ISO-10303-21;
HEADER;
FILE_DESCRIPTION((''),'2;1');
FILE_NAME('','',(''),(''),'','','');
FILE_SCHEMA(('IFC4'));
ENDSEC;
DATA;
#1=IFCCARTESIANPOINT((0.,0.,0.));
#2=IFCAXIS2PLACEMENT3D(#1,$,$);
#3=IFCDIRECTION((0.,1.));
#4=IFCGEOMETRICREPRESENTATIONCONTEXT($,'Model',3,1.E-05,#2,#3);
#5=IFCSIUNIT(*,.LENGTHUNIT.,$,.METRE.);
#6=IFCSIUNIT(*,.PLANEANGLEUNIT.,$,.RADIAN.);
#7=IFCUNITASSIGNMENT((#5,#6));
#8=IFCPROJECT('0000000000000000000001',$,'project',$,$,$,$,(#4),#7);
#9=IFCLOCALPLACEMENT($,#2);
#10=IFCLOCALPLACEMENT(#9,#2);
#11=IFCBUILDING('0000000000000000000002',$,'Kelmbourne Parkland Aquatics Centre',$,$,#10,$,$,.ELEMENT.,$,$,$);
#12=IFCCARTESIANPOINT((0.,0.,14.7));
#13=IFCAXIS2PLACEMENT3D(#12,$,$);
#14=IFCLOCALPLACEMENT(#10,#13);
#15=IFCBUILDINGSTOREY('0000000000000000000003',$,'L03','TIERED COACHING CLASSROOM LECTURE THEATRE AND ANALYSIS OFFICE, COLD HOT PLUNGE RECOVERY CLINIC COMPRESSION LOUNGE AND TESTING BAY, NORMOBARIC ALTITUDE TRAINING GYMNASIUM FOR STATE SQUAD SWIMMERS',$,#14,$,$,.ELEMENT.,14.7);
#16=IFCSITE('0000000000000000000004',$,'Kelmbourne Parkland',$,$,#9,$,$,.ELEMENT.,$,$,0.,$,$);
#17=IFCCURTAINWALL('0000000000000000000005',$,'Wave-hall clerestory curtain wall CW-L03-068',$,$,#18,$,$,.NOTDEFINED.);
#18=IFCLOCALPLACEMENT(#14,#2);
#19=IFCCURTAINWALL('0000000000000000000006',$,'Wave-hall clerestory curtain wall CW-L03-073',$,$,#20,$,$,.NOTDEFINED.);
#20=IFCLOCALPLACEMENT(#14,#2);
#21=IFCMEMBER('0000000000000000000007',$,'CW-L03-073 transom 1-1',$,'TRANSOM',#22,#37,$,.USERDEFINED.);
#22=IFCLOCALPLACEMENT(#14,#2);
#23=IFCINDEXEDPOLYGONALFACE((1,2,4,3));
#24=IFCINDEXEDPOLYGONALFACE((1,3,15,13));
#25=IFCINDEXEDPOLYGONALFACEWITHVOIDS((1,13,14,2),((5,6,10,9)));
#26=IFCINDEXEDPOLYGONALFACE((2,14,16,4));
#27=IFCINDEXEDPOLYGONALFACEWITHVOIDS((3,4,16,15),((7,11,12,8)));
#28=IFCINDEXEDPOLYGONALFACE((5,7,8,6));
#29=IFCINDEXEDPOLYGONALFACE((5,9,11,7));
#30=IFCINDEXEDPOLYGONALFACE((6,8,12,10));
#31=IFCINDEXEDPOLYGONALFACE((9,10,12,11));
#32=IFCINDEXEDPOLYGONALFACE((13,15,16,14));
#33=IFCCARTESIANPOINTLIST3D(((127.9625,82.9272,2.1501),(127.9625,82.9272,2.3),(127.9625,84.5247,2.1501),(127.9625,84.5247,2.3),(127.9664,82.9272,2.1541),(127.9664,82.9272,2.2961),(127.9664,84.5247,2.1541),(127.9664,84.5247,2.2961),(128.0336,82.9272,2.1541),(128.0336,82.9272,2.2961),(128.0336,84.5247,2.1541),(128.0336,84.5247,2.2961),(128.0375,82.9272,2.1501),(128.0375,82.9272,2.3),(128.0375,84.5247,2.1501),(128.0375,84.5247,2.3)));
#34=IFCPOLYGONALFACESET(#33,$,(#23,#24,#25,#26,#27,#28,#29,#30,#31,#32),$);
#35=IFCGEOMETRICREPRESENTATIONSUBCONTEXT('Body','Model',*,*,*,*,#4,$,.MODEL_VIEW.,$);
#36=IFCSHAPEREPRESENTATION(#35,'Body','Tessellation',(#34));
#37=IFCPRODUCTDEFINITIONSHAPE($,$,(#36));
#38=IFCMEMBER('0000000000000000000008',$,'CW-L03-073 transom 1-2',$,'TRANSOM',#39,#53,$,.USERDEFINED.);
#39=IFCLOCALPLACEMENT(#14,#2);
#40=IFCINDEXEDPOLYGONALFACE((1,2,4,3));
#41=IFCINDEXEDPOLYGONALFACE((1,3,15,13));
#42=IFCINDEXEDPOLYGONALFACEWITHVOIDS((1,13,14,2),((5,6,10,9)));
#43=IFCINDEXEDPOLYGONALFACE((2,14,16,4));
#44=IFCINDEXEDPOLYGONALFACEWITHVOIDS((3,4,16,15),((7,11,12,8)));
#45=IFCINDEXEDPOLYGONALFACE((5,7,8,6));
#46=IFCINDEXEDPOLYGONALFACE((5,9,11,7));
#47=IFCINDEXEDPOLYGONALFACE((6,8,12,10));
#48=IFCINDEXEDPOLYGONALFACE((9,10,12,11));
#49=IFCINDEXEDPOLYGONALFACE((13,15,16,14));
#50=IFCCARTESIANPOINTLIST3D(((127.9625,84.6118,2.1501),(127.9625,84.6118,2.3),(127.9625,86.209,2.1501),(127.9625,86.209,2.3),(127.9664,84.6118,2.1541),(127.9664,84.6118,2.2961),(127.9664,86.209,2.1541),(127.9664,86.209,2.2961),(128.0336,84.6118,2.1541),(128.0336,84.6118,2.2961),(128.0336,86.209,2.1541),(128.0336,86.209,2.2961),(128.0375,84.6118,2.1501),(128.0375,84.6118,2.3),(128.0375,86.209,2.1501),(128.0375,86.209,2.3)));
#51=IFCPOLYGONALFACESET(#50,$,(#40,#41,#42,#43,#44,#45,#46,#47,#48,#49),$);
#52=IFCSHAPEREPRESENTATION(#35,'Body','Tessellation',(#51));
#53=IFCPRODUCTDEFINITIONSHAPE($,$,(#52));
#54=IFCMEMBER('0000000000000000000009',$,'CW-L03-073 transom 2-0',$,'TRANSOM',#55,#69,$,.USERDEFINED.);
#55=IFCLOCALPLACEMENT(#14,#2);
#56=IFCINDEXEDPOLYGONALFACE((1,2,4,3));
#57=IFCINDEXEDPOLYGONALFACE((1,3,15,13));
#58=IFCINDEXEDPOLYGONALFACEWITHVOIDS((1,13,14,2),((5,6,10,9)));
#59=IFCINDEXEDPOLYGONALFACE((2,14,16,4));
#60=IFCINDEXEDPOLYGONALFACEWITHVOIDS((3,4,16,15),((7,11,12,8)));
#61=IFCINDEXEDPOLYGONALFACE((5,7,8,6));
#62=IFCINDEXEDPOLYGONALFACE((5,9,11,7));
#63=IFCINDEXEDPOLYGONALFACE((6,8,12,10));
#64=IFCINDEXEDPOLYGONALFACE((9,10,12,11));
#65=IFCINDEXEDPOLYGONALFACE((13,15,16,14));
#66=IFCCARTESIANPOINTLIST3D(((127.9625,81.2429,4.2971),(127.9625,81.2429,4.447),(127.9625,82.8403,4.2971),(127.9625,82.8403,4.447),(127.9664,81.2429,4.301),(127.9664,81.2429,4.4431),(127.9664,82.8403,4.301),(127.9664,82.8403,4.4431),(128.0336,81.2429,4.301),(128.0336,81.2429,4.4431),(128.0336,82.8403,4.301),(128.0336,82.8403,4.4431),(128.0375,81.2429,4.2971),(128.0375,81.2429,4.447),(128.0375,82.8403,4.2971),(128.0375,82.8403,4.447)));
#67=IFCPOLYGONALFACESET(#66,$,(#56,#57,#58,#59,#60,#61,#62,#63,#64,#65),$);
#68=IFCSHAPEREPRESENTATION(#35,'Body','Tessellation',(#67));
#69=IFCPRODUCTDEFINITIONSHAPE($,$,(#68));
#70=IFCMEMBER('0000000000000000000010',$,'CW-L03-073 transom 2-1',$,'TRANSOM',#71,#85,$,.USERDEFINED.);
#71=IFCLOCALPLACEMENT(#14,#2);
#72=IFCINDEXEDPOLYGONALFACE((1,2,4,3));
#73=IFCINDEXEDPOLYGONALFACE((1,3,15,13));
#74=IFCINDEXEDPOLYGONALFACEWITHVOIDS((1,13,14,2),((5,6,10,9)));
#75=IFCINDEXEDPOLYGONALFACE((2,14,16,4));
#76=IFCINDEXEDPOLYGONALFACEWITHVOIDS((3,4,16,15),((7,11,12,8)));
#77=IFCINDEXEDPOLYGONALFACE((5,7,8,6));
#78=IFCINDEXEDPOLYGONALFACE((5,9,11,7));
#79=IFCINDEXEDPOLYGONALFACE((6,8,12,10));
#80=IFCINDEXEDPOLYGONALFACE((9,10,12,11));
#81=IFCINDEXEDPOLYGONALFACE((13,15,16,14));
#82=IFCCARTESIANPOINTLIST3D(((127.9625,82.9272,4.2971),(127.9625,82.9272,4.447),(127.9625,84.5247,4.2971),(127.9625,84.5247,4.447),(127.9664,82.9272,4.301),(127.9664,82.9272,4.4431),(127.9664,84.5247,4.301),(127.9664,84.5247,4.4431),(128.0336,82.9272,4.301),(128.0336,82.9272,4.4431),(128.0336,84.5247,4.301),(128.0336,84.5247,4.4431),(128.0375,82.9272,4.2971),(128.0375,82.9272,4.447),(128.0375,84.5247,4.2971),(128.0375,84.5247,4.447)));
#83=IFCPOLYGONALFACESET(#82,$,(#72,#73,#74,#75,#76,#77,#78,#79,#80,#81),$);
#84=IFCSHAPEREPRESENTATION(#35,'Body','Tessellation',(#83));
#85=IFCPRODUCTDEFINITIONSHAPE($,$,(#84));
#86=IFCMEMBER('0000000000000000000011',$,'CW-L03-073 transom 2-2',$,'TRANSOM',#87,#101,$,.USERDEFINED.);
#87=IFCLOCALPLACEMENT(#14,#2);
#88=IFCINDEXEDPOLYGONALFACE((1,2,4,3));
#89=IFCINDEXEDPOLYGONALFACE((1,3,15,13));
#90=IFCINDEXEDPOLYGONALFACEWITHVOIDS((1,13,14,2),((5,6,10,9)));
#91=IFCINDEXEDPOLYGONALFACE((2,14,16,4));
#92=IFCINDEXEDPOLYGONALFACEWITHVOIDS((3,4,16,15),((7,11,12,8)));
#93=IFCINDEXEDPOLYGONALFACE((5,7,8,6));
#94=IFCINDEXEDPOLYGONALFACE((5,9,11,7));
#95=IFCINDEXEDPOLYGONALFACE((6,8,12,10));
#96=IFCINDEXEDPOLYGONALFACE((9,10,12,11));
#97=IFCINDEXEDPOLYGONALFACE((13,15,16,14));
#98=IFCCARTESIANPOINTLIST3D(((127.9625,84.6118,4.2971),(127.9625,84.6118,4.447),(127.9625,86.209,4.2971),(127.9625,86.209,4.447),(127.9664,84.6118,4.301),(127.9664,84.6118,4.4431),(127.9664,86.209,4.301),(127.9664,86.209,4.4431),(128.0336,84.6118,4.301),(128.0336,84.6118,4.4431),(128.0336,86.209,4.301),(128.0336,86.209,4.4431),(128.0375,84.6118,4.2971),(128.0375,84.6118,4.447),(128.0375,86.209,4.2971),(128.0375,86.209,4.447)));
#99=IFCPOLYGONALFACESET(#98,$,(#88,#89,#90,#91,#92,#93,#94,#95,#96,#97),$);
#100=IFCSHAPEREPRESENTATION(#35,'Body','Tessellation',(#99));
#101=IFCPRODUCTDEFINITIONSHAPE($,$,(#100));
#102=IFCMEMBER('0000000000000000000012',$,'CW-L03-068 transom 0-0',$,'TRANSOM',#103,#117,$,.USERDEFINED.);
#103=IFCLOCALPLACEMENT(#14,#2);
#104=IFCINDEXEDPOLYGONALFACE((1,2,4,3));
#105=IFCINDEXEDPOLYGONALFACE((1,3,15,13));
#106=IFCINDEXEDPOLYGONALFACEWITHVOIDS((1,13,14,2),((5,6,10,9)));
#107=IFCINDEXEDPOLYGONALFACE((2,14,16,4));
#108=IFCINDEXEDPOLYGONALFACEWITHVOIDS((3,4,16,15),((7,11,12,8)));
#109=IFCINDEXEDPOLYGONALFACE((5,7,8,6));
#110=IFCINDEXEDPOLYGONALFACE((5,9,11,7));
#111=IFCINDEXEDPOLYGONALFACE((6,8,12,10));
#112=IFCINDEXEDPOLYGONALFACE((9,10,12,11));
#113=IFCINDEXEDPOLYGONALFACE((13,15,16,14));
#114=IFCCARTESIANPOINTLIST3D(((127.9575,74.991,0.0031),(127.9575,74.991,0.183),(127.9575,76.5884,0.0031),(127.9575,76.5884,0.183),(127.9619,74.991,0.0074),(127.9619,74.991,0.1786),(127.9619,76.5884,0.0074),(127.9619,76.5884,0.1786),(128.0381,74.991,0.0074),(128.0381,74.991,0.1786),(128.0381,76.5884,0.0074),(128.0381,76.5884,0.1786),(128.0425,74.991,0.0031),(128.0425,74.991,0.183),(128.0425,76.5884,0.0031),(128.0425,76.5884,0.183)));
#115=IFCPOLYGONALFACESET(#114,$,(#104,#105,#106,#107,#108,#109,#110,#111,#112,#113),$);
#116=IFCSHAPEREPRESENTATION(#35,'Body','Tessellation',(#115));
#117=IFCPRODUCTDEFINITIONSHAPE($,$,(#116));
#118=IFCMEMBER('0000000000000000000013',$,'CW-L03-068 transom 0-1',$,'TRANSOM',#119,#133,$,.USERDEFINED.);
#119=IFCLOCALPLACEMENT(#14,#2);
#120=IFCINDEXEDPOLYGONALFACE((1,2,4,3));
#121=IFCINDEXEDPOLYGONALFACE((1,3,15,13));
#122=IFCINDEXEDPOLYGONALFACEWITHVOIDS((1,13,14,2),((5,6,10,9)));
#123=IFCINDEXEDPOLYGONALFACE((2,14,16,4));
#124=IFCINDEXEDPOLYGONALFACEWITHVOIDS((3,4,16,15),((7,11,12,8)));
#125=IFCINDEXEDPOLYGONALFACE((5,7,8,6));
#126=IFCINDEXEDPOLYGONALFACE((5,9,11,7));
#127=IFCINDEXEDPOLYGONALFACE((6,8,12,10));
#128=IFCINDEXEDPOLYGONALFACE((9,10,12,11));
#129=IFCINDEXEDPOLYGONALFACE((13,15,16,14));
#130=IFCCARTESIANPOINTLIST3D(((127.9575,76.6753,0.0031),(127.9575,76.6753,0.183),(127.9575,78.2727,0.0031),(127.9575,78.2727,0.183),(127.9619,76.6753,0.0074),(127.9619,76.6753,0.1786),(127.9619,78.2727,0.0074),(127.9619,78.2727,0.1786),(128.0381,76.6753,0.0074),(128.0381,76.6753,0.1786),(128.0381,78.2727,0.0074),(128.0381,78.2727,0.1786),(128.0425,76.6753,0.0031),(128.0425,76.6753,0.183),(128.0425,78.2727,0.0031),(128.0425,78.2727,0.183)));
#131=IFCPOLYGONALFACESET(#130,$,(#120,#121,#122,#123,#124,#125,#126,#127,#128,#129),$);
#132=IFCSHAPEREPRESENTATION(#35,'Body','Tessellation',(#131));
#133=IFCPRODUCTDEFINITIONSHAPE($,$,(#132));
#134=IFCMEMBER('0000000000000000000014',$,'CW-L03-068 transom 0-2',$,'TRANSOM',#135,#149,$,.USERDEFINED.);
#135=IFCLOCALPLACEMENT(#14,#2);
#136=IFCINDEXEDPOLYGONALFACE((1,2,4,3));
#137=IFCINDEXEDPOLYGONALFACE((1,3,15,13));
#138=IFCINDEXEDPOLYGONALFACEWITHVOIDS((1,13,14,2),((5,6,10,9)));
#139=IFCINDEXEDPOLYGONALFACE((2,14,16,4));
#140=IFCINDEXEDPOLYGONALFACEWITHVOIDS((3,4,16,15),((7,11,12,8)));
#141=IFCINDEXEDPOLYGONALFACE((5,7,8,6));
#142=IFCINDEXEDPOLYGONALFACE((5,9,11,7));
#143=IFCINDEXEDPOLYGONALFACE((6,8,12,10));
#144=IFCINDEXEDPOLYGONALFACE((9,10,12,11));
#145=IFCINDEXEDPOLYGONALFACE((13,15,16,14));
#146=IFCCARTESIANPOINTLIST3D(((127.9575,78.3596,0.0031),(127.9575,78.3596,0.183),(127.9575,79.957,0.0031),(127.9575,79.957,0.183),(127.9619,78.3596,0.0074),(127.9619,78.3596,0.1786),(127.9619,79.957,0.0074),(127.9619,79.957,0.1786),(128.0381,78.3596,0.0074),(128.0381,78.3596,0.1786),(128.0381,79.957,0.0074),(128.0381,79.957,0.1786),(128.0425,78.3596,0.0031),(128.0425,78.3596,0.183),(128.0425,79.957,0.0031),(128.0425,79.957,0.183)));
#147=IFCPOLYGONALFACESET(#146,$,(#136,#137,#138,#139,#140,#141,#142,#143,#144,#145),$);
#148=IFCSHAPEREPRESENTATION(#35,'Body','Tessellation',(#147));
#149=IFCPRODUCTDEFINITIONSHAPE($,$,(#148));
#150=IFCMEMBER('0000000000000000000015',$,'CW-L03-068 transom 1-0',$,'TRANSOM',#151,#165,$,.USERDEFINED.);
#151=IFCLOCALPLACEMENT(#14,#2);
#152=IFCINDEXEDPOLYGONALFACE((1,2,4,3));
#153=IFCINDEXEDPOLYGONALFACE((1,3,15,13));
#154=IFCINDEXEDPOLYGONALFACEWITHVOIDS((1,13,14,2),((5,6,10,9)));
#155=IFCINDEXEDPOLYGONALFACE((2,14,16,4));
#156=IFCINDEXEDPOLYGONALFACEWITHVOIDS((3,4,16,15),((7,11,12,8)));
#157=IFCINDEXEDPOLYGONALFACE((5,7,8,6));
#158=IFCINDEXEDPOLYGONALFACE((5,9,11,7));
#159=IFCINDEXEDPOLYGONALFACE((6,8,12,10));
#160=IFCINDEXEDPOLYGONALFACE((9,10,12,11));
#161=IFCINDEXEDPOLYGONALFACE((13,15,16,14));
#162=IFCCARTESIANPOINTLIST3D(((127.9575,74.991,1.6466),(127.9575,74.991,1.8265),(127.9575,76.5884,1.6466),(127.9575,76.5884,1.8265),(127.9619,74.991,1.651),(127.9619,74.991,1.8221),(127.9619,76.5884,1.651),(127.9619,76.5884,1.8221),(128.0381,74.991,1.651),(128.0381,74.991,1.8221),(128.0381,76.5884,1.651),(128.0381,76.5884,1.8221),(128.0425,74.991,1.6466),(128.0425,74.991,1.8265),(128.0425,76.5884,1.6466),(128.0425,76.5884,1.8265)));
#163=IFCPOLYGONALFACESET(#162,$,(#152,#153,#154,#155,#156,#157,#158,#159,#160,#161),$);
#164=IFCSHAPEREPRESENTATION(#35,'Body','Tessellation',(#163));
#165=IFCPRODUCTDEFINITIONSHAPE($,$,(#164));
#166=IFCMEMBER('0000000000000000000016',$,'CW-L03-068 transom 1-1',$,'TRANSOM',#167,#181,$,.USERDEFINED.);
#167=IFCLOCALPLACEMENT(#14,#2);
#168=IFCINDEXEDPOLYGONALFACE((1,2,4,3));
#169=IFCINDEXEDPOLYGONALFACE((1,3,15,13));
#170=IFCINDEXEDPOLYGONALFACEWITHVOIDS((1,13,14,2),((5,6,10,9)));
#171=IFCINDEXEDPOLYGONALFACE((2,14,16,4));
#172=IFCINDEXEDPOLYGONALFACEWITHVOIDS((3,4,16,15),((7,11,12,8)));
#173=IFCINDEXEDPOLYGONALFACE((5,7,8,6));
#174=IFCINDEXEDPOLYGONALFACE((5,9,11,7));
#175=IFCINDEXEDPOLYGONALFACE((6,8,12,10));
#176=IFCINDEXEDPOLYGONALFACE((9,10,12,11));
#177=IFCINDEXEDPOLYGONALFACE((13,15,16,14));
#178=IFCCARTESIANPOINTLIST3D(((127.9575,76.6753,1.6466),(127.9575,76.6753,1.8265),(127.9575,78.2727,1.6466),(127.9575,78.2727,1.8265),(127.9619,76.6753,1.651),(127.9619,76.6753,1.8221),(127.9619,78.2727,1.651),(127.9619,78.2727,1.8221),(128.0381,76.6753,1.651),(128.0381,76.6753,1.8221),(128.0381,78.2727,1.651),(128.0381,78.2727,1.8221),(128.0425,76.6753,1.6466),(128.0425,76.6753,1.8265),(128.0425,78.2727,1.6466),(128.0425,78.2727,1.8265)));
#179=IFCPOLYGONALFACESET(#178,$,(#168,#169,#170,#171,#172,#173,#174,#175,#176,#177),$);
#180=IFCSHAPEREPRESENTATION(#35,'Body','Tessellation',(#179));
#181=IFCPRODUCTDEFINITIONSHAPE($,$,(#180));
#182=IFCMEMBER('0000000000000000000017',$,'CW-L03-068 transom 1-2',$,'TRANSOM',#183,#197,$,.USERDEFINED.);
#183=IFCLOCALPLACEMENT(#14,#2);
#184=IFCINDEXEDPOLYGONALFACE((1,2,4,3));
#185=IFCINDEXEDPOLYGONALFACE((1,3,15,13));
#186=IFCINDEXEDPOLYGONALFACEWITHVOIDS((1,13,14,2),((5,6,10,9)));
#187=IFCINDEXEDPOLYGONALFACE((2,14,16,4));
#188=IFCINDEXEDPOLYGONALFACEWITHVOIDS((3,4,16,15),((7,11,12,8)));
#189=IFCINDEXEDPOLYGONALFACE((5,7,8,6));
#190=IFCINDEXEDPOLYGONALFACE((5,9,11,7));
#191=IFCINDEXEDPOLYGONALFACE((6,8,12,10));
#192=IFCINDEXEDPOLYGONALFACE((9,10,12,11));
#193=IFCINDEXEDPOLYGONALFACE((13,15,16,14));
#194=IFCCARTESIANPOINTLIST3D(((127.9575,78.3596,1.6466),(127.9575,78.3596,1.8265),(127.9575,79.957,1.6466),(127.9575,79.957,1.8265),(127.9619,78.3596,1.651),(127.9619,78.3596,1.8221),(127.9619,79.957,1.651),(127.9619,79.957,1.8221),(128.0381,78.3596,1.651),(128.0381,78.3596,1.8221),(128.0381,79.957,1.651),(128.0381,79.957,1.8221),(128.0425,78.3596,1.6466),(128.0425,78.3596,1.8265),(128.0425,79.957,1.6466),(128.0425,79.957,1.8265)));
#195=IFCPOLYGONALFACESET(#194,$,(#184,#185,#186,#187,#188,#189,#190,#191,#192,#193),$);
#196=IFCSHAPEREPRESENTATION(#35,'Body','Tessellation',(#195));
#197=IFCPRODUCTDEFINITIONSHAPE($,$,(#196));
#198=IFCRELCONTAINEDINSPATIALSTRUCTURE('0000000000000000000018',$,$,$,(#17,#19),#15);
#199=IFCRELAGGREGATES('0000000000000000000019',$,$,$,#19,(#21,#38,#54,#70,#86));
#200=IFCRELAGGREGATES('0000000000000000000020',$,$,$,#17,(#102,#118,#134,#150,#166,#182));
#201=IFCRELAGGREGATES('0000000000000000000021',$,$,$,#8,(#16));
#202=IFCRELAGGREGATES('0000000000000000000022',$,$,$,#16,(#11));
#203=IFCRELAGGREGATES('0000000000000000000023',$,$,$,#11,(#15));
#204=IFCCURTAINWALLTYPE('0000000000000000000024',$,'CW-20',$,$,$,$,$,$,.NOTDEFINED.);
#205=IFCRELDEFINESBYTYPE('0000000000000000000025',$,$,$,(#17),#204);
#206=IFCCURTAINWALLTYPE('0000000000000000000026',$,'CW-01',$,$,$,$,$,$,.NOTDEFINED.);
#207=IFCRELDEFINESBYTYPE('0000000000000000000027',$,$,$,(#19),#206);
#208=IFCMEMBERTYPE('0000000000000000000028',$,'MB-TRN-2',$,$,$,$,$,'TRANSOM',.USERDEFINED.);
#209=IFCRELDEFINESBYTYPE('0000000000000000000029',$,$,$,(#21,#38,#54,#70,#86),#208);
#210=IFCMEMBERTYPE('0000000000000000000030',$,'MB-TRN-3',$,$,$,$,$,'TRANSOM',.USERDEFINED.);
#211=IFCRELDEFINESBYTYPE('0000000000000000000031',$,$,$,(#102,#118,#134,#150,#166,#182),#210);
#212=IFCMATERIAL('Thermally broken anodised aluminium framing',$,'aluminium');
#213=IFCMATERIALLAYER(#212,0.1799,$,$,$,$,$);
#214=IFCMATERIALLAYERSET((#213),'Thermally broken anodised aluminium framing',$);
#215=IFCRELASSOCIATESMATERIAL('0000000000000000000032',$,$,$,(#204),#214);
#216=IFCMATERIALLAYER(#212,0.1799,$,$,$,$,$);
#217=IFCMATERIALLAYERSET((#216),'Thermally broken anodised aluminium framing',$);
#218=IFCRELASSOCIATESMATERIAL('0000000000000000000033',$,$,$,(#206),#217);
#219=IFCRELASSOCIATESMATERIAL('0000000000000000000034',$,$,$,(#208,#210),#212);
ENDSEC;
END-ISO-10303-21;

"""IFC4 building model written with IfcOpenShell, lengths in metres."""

from ifc_helpers import new_model, si_unit, direction, frame, origin, origin_2d, place, context, subcontext, project, spatial, hollow_rectangle, extrude, material, layer, layer_set, material_profile, profile_set, type_object, element, aggregate, save


model = new_model("IFC4")

# Units and contexts
model_context = context("Model", 3, precision=1e-05, world=origin(), true_north=direction((0.0, 1.0)))
body_context = subcontext(model_context, "Body", "Model", "MODEL_VIEW")
ifc_project = project(units=[si_unit("LENGTHUNIT", "METRE"), si_unit("PLANEANGLEUNIT", "RADIAN")], contexts=[model_context])

# Site, building, storey
site_placement = place(None, origin())
site = spatial("IfcSite", under=ifc_project, at=site_placement, Name="Kelmbourne Parkland", CompositionType="ELEMENT", RefElevation=0.0)
building_placement = place(site_placement, origin())
building = spatial("IfcBuilding", under=site, at=building_placement, Name="Kelmbourne Parkland Aquatics Centre", CompositionType="ELEMENT")
storey_placement = place(building_placement, frame((0.0, 0.0, 14.7)))
storey = spatial("IfcBuildingStorey", under=building, at=storey_placement, Name="L03", Description="TIERED COACHING CLASSROOM LECTURE THEATRE AND ANALYSIS OFFICE, COLD HOT PLUNGE RECOVERY CLINIC COMPRESSION LOUNGE AND TESTING BAY, NORMOBARIC ALTITUDE TRAINING GYMNASIUM FOR STATE SQUAD SWIMMERS", CompositionType="ELEMENT", Elevation=14.7)

# Curtain walls, members
ifc_material_1 = material(Name="Thermally broken anodised aluminium framing", Category="aluminium")
ifc_layer_1 = layer(ifc_material_1, 0.1799)
ifc_layer_set_1 = layer_set([ifc_layer_1], Name="Thermally broken anodised aluminium framing")
curtain_wall_type_1 = type_object("IfcCurtainWallType", Name="CW-20", PredefinedType="NOTDEFINED", material=ifc_layer_set_1)
curtain_wall_1_placement = place(storey_placement, origin())
curtain_wall_1 = element("IfcCurtainWall", 1, at=curtain_wall_1_placement, inside=storey, type_object=curtain_wall_type_1, Name="Wave-hall clerestory curtain wall CW-L03-068", PredefinedType="NOTDEFINED")
ifc_layer_2 = layer(ifc_material_1, 0.1799)
ifc_layer_set_2 = layer_set([ifc_layer_2], Name="Thermally broken anodised aluminium framing")
curtain_wall_type_2 = type_object("IfcCurtainWallType", Name="CW-01", PredefinedType="NOTDEFINED", material=ifc_layer_set_2)
curtain_wall_2_placement = place(storey_placement, origin())
curtain_wall_2 = element("IfcCurtainWall", 2, at=curtain_wall_2_placement, inside=storey, type_object=curtain_wall_type_2, Name="Wave-hall clerestory curtain wall CW-L03-073", PredefinedType="NOTDEFINED")
ifc_material_profile_1 = material_profile(ifc_material_1, hollow_rectangle(XDim=0.075, YDim=0.1499, WallThickness=0.0039, at=origin_2d()), Name="CW-T 75x150")
ifc_profile_set_1 = profile_set([ifc_material_profile_1], Name="Thermally broken anodised aluminium framing")
member_type_1 = type_object("IfcMemberType", Name="MB-TRN-2", ElementType="TRANSOM", PredefinedType="USERDEFINED", material=ifc_profile_set_1)
member_1_placement = place(storey_placement, frame((128.0, 82.9272, 2.2251), z_axis=(0.0, 1.0, 0.0), x_axis=(-1.0, 0.0, 0.0)))
member_1 = element("IfcMember", 3, at=member_1_placement, type_object=member_type_1, Name="CW-L03-073 transom 1-1", ObjectType="TRANSOM", PredefinedType="USERDEFINED", context=body_context, shape_type="SweptSolid", body=[
    extrude(hollow_rectangle(XDim=0.075, YDim=0.1499, WallThickness=0.0039, at=origin_2d()), origin(), (0.0, 0.0, 1.0), 1.5974),
])
member_2_placement = place(storey_placement, frame((128.0, 84.6118, 2.2251), z_axis=(0.0, 1.0, 0.0), x_axis=(-1.0, 0.0, 0.0)))
member_2 = element("IfcMember", 4, at=member_2_placement, type_object=member_type_1, Name="CW-L03-073 transom 1-2", ObjectType="TRANSOM", PredefinedType="USERDEFINED", context=body_context, shape_type="SweptSolid", body=[
    extrude(hollow_rectangle(XDim=0.075, YDim=0.1499, WallThickness=0.0039, at=origin_2d()), origin(), (0.0, 0.0, 1.0), 1.5972),
])
member_3_placement = place(storey_placement, frame((128.0, 81.2429, 4.3721), z_axis=(0.0, 1.0, 0.0), x_axis=(-1.0, 0.0, 0.0)))
member_3 = element("IfcMember", 5, at=member_3_placement, type_object=member_type_1, Name="CW-L03-073 transom 2-0", ObjectType="TRANSOM", PredefinedType="USERDEFINED", context=body_context, shape_type="SweptSolid", body=[
    extrude(hollow_rectangle(XDim=0.075, YDim=0.1499, WallThickness=0.0039, at=origin_2d()), origin(), (0.0, 0.0, 1.0), 1.5974),
])
member_4_placement = place(storey_placement, frame((128.0, 82.9272, 4.3721), z_axis=(0.0, 1.0, 0.0), x_axis=(-1.0, 0.0, 0.0)))
member_4 = element("IfcMember", 6, at=member_4_placement, type_object=member_type_1, Name="CW-L03-073 transom 2-1", ObjectType="TRANSOM", PredefinedType="USERDEFINED", context=body_context, shape_type="SweptSolid", body=[
    extrude(hollow_rectangle(XDim=0.075, YDim=0.1499, WallThickness=0.0039, at=origin_2d()), origin(), (0.0, 0.0, 1.0), 1.5974),
])
member_5_placement = place(storey_placement, frame((128.0, 84.6118, 4.3721), z_axis=(0.0, 1.0, 0.0), x_axis=(-1.0, 0.0, 0.0)))
member_5 = element("IfcMember", 7, at=member_5_placement, type_object=member_type_1, Name="CW-L03-073 transom 2-2", ObjectType="TRANSOM", PredefinedType="USERDEFINED", context=body_context, shape_type="SweptSolid", body=[
    extrude(hollow_rectangle(XDim=0.075, YDim=0.1499, WallThickness=0.0039, at=origin_2d()), origin(), (0.0, 0.0, 1.0), 1.5972),
])

# Members
ifc_material_profile_2 = material_profile(ifc_material_1, hollow_rectangle(XDim=0.085, YDim=0.1799, WallThickness=0.0044, at=origin_2d()), Name="CW-T 85x180")
ifc_profile_set_2 = profile_set([ifc_material_profile_2], Name="Thermally broken anodised aluminium framing")
member_type_2 = type_object("IfcMemberType", Name="MB-TRN-3", ElementType="TRANSOM", PredefinedType="USERDEFINED", material=ifc_profile_set_2)
member_6_placement = place(storey_placement, frame((128.0, 74.991, 0.093), z_axis=(0.0, 1.0, 0.0), x_axis=(-1.0, 0.0, 0.0)))
member_6 = element("IfcMember", 8, at=member_6_placement, type_object=member_type_2, Name="CW-L03-068 transom 0-0", ObjectType="TRANSOM", PredefinedType="USERDEFINED", context=body_context, shape_type="SweptSolid", body=[
    extrude(hollow_rectangle(XDim=0.085, YDim=0.1799, WallThickness=0.0044, at=origin_2d()), origin(), (0.0, 0.0, 1.0), 1.5974),
])
member_7_placement = place(storey_placement, frame((128.0, 76.6753, 0.093), z_axis=(0.0, 1.0, 0.0), x_axis=(-1.0, 0.0, 0.0)))
member_7 = element("IfcMember", 9, at=member_7_placement, type_object=member_type_2, Name="CW-L03-068 transom 0-1", ObjectType="TRANSOM", PredefinedType="USERDEFINED", context=body_context, shape_type="SweptSolid", body=[
    extrude(hollow_rectangle(XDim=0.085, YDim=0.1799, WallThickness=0.0044, at=origin_2d()), origin(), (0.0, 0.0, 1.0), 1.5974),
])
member_8_placement = place(storey_placement, frame((128.0, 78.3596, 0.093), z_axis=(0.0, 1.0, 0.0), x_axis=(-1.0, 0.0, 0.0)))
member_8 = element("IfcMember", 10, at=member_8_placement, type_object=member_type_2, Name="CW-L03-068 transom 0-2", ObjectType="TRANSOM", PredefinedType="USERDEFINED", context=body_context, shape_type="SweptSolid", body=[
    extrude(hollow_rectangle(XDim=0.085, YDim=0.1799, WallThickness=0.0044, at=origin_2d()), origin(), (0.0, 0.0, 1.0), 1.5974),
])
member_9_placement = place(storey_placement, frame((128.0, 74.991, 1.7366), z_axis=(0.0, 1.0, 0.0), x_axis=(-1.0, 0.0, 0.0)))
member_9 = element("IfcMember", 11, at=member_9_placement, type_object=member_type_2, Name="CW-L03-068 transom 1-0", ObjectType="TRANSOM", PredefinedType="USERDEFINED", context=body_context, shape_type="SweptSolid", body=[
    extrude(hollow_rectangle(XDim=0.085, YDim=0.1799, WallThickness=0.0044, at=origin_2d()), origin(), (0.0, 0.0, 1.0), 1.5974),
])
member_10_placement = place(storey_placement, frame((128.0, 76.6753, 1.7366), z_axis=(0.0, 1.0, 0.0), x_axis=(-1.0, 0.0, 0.0)))
member_10 = element("IfcMember", 12, at=member_10_placement, type_object=member_type_2, Name="CW-L03-068 transom 1-1", ObjectType="TRANSOM", PredefinedType="USERDEFINED", context=body_context, shape_type="SweptSolid", body=[
    extrude(hollow_rectangle(XDim=0.085, YDim=0.1799, WallThickness=0.0044, at=origin_2d()), origin(), (0.0, 0.0, 1.0), 1.5974),
])
member_11_placement = place(storey_placement, frame((128.0, 78.3596, 1.7366), z_axis=(0.0, 1.0, 0.0), x_axis=(-1.0, 0.0, 0.0)))
member_11 = element("IfcMember", 13, at=member_11_placement, type_object=member_type_2, Name="CW-L03-068 transom 1-2", ObjectType="TRANSOM", PredefinedType="USERDEFINED", context=body_context, shape_type="SweptSolid", body=[
    extrude(hollow_rectangle(XDim=0.085, YDim=0.1799, WallThickness=0.0044, at=origin_2d()), origin(), (0.0, 0.0, 1.0), 1.5974),
])

aggregate(curtain_wall_2, [member_1, member_2, member_3, member_4, member_5])
aggregate(curtain_wall_1, [member_6, member_7, member_8, member_9, member_10, member_11])

save(model, "model.ifc")
